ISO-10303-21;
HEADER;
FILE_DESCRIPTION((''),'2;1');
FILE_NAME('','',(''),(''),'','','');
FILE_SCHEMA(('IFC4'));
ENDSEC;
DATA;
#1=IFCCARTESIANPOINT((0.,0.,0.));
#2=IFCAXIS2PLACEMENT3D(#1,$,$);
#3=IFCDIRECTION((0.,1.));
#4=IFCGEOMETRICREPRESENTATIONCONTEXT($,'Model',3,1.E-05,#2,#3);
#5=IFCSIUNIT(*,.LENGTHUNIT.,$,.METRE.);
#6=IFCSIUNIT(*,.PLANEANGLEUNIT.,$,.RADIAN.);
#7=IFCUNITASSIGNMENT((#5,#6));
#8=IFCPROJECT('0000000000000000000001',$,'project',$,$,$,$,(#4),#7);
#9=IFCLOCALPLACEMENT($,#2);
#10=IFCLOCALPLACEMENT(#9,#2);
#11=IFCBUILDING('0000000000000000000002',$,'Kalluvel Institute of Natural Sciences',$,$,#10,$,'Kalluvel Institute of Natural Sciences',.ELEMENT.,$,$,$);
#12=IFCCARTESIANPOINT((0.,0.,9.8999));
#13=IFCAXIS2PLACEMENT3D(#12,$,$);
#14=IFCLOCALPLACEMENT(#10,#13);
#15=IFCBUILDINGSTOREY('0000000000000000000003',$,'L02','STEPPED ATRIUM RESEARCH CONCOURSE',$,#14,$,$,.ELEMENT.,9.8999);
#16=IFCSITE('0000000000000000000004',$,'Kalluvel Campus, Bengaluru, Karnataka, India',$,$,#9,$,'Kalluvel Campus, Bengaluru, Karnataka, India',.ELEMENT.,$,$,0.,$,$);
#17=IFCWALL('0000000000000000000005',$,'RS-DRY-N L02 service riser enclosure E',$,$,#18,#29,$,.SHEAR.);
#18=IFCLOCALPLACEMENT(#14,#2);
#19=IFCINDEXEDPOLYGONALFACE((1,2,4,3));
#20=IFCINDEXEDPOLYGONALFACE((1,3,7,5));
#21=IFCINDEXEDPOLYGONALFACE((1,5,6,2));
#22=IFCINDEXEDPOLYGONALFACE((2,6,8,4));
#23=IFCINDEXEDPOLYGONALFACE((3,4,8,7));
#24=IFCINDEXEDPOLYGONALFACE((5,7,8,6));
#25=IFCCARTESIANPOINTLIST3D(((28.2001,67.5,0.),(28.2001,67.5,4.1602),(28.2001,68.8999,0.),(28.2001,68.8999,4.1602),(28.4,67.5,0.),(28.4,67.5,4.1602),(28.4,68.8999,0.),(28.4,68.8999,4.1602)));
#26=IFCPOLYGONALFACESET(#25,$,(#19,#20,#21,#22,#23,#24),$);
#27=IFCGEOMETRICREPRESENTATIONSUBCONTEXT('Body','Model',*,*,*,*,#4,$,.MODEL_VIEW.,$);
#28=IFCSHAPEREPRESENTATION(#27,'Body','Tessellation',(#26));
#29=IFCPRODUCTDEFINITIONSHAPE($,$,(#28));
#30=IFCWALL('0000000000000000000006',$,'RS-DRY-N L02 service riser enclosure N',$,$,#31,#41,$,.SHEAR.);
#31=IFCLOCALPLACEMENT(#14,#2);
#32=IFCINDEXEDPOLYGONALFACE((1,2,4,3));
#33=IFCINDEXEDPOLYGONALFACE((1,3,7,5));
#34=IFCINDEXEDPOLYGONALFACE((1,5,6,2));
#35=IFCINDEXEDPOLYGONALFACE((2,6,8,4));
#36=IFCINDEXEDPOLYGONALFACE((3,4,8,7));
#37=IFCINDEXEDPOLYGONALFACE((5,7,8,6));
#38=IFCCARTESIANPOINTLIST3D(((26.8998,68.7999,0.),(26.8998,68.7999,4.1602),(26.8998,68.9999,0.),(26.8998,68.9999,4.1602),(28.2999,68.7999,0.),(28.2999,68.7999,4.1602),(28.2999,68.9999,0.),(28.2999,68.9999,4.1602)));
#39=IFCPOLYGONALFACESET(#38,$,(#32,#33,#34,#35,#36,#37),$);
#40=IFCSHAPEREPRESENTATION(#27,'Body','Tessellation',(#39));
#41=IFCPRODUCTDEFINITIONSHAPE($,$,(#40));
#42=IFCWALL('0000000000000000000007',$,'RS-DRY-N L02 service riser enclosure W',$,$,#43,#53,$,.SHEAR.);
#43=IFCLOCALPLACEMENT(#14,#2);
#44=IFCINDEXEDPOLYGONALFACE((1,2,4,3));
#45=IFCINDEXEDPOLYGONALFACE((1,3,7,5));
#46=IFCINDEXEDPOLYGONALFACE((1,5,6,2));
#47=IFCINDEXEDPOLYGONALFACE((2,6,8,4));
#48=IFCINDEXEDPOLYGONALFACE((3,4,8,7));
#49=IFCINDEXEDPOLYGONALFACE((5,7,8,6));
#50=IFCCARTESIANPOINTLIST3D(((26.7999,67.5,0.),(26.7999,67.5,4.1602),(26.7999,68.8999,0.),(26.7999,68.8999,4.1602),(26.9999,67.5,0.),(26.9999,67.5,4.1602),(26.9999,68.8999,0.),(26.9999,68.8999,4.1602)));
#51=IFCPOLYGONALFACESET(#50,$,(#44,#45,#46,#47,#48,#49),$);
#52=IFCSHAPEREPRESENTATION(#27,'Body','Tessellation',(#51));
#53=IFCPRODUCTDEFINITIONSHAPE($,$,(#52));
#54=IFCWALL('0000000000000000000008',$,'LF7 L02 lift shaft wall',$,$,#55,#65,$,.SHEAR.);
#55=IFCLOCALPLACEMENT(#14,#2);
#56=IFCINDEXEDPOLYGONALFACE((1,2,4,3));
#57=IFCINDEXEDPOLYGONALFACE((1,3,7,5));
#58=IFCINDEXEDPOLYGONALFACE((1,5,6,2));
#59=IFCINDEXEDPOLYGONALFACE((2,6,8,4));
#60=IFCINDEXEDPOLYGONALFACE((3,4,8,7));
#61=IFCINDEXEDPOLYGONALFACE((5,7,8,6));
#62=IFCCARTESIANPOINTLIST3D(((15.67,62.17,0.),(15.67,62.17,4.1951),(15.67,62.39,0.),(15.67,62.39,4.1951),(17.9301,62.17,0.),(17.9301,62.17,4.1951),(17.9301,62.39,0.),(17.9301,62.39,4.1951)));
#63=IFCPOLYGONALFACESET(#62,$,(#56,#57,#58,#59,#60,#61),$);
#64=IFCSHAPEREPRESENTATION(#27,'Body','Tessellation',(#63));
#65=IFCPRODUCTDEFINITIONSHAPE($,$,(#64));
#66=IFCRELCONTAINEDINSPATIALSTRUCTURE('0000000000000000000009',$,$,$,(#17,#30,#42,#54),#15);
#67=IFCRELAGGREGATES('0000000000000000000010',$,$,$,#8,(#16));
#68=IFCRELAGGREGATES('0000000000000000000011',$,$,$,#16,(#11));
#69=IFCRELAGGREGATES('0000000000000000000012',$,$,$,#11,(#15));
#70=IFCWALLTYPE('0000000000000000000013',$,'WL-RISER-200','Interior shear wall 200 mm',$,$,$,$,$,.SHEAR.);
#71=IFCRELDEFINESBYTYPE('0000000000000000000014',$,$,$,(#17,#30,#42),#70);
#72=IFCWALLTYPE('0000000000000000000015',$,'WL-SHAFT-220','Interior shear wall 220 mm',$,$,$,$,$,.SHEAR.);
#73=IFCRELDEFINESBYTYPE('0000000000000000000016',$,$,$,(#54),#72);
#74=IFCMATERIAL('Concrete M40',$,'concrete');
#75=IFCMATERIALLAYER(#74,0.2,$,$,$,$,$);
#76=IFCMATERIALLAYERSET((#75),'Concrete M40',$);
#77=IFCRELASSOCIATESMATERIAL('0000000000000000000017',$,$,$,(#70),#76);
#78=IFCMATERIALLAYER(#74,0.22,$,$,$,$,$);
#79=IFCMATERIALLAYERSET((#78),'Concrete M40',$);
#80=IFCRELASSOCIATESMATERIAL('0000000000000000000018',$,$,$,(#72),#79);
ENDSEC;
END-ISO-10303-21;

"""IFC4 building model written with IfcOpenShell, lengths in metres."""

from ifc_helpers import new_model, si_unit, direction, frame, frame_2d, origin, place, context, subcontext, project, spatial, rectangle, extrude, material, layer, layer_set, type_object, element, save


model = new_model("IFC4")

# Units and contexts
model_context = context("Model", 3, precision=1e-05, world=origin(), true_north=direction((0.0, 1.0)))
body_context = subcontext(model_context, "Body", "Model", "MODEL_VIEW")
ifc_project = project(units=[si_unit("LENGTHUNIT", "METRE"), si_unit("PLANEANGLEUNIT", "RADIAN")], contexts=[model_context])

# Site, building, storey
site_placement = place(None, origin())
site = spatial("IfcSite", under=ifc_project, at=site_placement, Name="Kalluvel Campus, Bengaluru, Karnataka, India", LongName="Kalluvel Campus, Bengaluru, Karnataka, India", CompositionType="ELEMENT", RefElevation=0.0)
building_placement = place(site_placement, origin())
building = spatial("IfcBuilding", under=site, at=building_placement, Name="Kalluvel Institute of Natural Sciences", LongName="Kalluvel Institute of Natural Sciences", CompositionType="ELEMENT")
storey_placement = place(building_placement, frame((0.0, 0.0, 9.8999)))
storey = spatial("IfcBuildingStorey", under=building, at=storey_placement, Name="L02", Description="STEPPED ATRIUM RESEARCH CONCOURSE", CompositionType="ELEMENT", Elevation=9.8999)

# Shared definitions
ifc_material_1 = material(Name="Concrete M40", Category="concrete")

# Walls
ifc_layer_1 = layer(ifc_material_1, 0.2)
ifc_layer_set_1 = layer_set([ifc_layer_1], Name="Concrete M40")
wall_type_1 = type_object("IfcWallType", Name="WL-RISER-200", Description="Interior shear wall 200 mm", PredefinedType="SHEAR", material=ifc_layer_set_1)
wall_1_placement = place(storey_placement, frame((28.3, 67.5, 0.0), z_axis=(0.0, 0.0, 1.0), x_axis=(0.0, 1.0, 0.0)))
element("IfcWall", 1, at=wall_1_placement, inside=storey, type_object=wall_type_1, Name="RS-DRY-N L02 service riser enclosure E", PredefinedType="SHEAR", context=body_context, shape_type="SweptSolid", body=[
    extrude(rectangle(XDim=1.3999, YDim=0.2, at=frame_2d((0.7, 0.0))), origin(), (0.0, 0.0, 1.0), 4.1602),
])
wall_2_placement = place(storey_placement, frame((28.3, 68.8999, 0.0), z_axis=(0.0, 0.0, 1.0), x_axis=(-1.0, 0.0, 0.0)))
element("IfcWall", 2, at=wall_2_placement, inside=storey, type_object=wall_type_1, Name="RS-DRY-N L02 service riser enclosure N", PredefinedType="SHEAR", context=body_context, shape_type="SweptSolid", body=[
    extrude(rectangle(XDim=1.4001, YDim=0.2, at=frame_2d((0.7002, 0.0))), origin(), (0.0, 0.0, 1.0), 4.1602),
])
wall_3_placement = place(storey_placement, frame((26.8999, 68.8999, 0.0), z_axis=(0.0, 0.0, 1.0), x_axis=(0.0, -1.0, 0.0)))
element("IfcWall", 3, at=wall_3_placement, inside=storey, type_object=wall_type_1, Name="RS-DRY-N L02 service riser enclosure W", PredefinedType="SHEAR", context=body_context, shape_type="SweptSolid", body=[
    extrude(rectangle(XDim=1.3999, YDim=0.2, at=frame_2d((0.7, 0.0))), origin(), (0.0, 0.0, 1.0), 4.1602),
])
ifc_layer_2 = layer(ifc_material_1, 0.22)
ifc_layer_set_2 = layer_set([ifc_layer_2], Name="Concrete M40")
wall_type_2 = type_object("IfcWallType", Name="WL-SHAFT-220", Description="Interior shear wall 220 mm", PredefinedType="SHEAR", material=ifc_layer_set_2)
wall_4_placement = place(storey_placement, frame((17.9299, 62.28, 0.0), z_axis=(0.0, 0.0, 1.0), x_axis=(-1.0, 0.0, 0.0)))
element("IfcWall", 4, at=wall_4_placement, inside=storey, type_object=wall_type_2, Name="LF7 L02 lift shaft wall", PredefinedType="SHEAR", context=body_context, shape_type="SweptSolid", body=[
    extrude(rectangle(XDim=2.26, YDim=0.22, at=frame_2d((1.1299, 0.0))), origin(), (0.0, 0.0, 1.0), 4.1951),
])

save(model, "model.ifc")
